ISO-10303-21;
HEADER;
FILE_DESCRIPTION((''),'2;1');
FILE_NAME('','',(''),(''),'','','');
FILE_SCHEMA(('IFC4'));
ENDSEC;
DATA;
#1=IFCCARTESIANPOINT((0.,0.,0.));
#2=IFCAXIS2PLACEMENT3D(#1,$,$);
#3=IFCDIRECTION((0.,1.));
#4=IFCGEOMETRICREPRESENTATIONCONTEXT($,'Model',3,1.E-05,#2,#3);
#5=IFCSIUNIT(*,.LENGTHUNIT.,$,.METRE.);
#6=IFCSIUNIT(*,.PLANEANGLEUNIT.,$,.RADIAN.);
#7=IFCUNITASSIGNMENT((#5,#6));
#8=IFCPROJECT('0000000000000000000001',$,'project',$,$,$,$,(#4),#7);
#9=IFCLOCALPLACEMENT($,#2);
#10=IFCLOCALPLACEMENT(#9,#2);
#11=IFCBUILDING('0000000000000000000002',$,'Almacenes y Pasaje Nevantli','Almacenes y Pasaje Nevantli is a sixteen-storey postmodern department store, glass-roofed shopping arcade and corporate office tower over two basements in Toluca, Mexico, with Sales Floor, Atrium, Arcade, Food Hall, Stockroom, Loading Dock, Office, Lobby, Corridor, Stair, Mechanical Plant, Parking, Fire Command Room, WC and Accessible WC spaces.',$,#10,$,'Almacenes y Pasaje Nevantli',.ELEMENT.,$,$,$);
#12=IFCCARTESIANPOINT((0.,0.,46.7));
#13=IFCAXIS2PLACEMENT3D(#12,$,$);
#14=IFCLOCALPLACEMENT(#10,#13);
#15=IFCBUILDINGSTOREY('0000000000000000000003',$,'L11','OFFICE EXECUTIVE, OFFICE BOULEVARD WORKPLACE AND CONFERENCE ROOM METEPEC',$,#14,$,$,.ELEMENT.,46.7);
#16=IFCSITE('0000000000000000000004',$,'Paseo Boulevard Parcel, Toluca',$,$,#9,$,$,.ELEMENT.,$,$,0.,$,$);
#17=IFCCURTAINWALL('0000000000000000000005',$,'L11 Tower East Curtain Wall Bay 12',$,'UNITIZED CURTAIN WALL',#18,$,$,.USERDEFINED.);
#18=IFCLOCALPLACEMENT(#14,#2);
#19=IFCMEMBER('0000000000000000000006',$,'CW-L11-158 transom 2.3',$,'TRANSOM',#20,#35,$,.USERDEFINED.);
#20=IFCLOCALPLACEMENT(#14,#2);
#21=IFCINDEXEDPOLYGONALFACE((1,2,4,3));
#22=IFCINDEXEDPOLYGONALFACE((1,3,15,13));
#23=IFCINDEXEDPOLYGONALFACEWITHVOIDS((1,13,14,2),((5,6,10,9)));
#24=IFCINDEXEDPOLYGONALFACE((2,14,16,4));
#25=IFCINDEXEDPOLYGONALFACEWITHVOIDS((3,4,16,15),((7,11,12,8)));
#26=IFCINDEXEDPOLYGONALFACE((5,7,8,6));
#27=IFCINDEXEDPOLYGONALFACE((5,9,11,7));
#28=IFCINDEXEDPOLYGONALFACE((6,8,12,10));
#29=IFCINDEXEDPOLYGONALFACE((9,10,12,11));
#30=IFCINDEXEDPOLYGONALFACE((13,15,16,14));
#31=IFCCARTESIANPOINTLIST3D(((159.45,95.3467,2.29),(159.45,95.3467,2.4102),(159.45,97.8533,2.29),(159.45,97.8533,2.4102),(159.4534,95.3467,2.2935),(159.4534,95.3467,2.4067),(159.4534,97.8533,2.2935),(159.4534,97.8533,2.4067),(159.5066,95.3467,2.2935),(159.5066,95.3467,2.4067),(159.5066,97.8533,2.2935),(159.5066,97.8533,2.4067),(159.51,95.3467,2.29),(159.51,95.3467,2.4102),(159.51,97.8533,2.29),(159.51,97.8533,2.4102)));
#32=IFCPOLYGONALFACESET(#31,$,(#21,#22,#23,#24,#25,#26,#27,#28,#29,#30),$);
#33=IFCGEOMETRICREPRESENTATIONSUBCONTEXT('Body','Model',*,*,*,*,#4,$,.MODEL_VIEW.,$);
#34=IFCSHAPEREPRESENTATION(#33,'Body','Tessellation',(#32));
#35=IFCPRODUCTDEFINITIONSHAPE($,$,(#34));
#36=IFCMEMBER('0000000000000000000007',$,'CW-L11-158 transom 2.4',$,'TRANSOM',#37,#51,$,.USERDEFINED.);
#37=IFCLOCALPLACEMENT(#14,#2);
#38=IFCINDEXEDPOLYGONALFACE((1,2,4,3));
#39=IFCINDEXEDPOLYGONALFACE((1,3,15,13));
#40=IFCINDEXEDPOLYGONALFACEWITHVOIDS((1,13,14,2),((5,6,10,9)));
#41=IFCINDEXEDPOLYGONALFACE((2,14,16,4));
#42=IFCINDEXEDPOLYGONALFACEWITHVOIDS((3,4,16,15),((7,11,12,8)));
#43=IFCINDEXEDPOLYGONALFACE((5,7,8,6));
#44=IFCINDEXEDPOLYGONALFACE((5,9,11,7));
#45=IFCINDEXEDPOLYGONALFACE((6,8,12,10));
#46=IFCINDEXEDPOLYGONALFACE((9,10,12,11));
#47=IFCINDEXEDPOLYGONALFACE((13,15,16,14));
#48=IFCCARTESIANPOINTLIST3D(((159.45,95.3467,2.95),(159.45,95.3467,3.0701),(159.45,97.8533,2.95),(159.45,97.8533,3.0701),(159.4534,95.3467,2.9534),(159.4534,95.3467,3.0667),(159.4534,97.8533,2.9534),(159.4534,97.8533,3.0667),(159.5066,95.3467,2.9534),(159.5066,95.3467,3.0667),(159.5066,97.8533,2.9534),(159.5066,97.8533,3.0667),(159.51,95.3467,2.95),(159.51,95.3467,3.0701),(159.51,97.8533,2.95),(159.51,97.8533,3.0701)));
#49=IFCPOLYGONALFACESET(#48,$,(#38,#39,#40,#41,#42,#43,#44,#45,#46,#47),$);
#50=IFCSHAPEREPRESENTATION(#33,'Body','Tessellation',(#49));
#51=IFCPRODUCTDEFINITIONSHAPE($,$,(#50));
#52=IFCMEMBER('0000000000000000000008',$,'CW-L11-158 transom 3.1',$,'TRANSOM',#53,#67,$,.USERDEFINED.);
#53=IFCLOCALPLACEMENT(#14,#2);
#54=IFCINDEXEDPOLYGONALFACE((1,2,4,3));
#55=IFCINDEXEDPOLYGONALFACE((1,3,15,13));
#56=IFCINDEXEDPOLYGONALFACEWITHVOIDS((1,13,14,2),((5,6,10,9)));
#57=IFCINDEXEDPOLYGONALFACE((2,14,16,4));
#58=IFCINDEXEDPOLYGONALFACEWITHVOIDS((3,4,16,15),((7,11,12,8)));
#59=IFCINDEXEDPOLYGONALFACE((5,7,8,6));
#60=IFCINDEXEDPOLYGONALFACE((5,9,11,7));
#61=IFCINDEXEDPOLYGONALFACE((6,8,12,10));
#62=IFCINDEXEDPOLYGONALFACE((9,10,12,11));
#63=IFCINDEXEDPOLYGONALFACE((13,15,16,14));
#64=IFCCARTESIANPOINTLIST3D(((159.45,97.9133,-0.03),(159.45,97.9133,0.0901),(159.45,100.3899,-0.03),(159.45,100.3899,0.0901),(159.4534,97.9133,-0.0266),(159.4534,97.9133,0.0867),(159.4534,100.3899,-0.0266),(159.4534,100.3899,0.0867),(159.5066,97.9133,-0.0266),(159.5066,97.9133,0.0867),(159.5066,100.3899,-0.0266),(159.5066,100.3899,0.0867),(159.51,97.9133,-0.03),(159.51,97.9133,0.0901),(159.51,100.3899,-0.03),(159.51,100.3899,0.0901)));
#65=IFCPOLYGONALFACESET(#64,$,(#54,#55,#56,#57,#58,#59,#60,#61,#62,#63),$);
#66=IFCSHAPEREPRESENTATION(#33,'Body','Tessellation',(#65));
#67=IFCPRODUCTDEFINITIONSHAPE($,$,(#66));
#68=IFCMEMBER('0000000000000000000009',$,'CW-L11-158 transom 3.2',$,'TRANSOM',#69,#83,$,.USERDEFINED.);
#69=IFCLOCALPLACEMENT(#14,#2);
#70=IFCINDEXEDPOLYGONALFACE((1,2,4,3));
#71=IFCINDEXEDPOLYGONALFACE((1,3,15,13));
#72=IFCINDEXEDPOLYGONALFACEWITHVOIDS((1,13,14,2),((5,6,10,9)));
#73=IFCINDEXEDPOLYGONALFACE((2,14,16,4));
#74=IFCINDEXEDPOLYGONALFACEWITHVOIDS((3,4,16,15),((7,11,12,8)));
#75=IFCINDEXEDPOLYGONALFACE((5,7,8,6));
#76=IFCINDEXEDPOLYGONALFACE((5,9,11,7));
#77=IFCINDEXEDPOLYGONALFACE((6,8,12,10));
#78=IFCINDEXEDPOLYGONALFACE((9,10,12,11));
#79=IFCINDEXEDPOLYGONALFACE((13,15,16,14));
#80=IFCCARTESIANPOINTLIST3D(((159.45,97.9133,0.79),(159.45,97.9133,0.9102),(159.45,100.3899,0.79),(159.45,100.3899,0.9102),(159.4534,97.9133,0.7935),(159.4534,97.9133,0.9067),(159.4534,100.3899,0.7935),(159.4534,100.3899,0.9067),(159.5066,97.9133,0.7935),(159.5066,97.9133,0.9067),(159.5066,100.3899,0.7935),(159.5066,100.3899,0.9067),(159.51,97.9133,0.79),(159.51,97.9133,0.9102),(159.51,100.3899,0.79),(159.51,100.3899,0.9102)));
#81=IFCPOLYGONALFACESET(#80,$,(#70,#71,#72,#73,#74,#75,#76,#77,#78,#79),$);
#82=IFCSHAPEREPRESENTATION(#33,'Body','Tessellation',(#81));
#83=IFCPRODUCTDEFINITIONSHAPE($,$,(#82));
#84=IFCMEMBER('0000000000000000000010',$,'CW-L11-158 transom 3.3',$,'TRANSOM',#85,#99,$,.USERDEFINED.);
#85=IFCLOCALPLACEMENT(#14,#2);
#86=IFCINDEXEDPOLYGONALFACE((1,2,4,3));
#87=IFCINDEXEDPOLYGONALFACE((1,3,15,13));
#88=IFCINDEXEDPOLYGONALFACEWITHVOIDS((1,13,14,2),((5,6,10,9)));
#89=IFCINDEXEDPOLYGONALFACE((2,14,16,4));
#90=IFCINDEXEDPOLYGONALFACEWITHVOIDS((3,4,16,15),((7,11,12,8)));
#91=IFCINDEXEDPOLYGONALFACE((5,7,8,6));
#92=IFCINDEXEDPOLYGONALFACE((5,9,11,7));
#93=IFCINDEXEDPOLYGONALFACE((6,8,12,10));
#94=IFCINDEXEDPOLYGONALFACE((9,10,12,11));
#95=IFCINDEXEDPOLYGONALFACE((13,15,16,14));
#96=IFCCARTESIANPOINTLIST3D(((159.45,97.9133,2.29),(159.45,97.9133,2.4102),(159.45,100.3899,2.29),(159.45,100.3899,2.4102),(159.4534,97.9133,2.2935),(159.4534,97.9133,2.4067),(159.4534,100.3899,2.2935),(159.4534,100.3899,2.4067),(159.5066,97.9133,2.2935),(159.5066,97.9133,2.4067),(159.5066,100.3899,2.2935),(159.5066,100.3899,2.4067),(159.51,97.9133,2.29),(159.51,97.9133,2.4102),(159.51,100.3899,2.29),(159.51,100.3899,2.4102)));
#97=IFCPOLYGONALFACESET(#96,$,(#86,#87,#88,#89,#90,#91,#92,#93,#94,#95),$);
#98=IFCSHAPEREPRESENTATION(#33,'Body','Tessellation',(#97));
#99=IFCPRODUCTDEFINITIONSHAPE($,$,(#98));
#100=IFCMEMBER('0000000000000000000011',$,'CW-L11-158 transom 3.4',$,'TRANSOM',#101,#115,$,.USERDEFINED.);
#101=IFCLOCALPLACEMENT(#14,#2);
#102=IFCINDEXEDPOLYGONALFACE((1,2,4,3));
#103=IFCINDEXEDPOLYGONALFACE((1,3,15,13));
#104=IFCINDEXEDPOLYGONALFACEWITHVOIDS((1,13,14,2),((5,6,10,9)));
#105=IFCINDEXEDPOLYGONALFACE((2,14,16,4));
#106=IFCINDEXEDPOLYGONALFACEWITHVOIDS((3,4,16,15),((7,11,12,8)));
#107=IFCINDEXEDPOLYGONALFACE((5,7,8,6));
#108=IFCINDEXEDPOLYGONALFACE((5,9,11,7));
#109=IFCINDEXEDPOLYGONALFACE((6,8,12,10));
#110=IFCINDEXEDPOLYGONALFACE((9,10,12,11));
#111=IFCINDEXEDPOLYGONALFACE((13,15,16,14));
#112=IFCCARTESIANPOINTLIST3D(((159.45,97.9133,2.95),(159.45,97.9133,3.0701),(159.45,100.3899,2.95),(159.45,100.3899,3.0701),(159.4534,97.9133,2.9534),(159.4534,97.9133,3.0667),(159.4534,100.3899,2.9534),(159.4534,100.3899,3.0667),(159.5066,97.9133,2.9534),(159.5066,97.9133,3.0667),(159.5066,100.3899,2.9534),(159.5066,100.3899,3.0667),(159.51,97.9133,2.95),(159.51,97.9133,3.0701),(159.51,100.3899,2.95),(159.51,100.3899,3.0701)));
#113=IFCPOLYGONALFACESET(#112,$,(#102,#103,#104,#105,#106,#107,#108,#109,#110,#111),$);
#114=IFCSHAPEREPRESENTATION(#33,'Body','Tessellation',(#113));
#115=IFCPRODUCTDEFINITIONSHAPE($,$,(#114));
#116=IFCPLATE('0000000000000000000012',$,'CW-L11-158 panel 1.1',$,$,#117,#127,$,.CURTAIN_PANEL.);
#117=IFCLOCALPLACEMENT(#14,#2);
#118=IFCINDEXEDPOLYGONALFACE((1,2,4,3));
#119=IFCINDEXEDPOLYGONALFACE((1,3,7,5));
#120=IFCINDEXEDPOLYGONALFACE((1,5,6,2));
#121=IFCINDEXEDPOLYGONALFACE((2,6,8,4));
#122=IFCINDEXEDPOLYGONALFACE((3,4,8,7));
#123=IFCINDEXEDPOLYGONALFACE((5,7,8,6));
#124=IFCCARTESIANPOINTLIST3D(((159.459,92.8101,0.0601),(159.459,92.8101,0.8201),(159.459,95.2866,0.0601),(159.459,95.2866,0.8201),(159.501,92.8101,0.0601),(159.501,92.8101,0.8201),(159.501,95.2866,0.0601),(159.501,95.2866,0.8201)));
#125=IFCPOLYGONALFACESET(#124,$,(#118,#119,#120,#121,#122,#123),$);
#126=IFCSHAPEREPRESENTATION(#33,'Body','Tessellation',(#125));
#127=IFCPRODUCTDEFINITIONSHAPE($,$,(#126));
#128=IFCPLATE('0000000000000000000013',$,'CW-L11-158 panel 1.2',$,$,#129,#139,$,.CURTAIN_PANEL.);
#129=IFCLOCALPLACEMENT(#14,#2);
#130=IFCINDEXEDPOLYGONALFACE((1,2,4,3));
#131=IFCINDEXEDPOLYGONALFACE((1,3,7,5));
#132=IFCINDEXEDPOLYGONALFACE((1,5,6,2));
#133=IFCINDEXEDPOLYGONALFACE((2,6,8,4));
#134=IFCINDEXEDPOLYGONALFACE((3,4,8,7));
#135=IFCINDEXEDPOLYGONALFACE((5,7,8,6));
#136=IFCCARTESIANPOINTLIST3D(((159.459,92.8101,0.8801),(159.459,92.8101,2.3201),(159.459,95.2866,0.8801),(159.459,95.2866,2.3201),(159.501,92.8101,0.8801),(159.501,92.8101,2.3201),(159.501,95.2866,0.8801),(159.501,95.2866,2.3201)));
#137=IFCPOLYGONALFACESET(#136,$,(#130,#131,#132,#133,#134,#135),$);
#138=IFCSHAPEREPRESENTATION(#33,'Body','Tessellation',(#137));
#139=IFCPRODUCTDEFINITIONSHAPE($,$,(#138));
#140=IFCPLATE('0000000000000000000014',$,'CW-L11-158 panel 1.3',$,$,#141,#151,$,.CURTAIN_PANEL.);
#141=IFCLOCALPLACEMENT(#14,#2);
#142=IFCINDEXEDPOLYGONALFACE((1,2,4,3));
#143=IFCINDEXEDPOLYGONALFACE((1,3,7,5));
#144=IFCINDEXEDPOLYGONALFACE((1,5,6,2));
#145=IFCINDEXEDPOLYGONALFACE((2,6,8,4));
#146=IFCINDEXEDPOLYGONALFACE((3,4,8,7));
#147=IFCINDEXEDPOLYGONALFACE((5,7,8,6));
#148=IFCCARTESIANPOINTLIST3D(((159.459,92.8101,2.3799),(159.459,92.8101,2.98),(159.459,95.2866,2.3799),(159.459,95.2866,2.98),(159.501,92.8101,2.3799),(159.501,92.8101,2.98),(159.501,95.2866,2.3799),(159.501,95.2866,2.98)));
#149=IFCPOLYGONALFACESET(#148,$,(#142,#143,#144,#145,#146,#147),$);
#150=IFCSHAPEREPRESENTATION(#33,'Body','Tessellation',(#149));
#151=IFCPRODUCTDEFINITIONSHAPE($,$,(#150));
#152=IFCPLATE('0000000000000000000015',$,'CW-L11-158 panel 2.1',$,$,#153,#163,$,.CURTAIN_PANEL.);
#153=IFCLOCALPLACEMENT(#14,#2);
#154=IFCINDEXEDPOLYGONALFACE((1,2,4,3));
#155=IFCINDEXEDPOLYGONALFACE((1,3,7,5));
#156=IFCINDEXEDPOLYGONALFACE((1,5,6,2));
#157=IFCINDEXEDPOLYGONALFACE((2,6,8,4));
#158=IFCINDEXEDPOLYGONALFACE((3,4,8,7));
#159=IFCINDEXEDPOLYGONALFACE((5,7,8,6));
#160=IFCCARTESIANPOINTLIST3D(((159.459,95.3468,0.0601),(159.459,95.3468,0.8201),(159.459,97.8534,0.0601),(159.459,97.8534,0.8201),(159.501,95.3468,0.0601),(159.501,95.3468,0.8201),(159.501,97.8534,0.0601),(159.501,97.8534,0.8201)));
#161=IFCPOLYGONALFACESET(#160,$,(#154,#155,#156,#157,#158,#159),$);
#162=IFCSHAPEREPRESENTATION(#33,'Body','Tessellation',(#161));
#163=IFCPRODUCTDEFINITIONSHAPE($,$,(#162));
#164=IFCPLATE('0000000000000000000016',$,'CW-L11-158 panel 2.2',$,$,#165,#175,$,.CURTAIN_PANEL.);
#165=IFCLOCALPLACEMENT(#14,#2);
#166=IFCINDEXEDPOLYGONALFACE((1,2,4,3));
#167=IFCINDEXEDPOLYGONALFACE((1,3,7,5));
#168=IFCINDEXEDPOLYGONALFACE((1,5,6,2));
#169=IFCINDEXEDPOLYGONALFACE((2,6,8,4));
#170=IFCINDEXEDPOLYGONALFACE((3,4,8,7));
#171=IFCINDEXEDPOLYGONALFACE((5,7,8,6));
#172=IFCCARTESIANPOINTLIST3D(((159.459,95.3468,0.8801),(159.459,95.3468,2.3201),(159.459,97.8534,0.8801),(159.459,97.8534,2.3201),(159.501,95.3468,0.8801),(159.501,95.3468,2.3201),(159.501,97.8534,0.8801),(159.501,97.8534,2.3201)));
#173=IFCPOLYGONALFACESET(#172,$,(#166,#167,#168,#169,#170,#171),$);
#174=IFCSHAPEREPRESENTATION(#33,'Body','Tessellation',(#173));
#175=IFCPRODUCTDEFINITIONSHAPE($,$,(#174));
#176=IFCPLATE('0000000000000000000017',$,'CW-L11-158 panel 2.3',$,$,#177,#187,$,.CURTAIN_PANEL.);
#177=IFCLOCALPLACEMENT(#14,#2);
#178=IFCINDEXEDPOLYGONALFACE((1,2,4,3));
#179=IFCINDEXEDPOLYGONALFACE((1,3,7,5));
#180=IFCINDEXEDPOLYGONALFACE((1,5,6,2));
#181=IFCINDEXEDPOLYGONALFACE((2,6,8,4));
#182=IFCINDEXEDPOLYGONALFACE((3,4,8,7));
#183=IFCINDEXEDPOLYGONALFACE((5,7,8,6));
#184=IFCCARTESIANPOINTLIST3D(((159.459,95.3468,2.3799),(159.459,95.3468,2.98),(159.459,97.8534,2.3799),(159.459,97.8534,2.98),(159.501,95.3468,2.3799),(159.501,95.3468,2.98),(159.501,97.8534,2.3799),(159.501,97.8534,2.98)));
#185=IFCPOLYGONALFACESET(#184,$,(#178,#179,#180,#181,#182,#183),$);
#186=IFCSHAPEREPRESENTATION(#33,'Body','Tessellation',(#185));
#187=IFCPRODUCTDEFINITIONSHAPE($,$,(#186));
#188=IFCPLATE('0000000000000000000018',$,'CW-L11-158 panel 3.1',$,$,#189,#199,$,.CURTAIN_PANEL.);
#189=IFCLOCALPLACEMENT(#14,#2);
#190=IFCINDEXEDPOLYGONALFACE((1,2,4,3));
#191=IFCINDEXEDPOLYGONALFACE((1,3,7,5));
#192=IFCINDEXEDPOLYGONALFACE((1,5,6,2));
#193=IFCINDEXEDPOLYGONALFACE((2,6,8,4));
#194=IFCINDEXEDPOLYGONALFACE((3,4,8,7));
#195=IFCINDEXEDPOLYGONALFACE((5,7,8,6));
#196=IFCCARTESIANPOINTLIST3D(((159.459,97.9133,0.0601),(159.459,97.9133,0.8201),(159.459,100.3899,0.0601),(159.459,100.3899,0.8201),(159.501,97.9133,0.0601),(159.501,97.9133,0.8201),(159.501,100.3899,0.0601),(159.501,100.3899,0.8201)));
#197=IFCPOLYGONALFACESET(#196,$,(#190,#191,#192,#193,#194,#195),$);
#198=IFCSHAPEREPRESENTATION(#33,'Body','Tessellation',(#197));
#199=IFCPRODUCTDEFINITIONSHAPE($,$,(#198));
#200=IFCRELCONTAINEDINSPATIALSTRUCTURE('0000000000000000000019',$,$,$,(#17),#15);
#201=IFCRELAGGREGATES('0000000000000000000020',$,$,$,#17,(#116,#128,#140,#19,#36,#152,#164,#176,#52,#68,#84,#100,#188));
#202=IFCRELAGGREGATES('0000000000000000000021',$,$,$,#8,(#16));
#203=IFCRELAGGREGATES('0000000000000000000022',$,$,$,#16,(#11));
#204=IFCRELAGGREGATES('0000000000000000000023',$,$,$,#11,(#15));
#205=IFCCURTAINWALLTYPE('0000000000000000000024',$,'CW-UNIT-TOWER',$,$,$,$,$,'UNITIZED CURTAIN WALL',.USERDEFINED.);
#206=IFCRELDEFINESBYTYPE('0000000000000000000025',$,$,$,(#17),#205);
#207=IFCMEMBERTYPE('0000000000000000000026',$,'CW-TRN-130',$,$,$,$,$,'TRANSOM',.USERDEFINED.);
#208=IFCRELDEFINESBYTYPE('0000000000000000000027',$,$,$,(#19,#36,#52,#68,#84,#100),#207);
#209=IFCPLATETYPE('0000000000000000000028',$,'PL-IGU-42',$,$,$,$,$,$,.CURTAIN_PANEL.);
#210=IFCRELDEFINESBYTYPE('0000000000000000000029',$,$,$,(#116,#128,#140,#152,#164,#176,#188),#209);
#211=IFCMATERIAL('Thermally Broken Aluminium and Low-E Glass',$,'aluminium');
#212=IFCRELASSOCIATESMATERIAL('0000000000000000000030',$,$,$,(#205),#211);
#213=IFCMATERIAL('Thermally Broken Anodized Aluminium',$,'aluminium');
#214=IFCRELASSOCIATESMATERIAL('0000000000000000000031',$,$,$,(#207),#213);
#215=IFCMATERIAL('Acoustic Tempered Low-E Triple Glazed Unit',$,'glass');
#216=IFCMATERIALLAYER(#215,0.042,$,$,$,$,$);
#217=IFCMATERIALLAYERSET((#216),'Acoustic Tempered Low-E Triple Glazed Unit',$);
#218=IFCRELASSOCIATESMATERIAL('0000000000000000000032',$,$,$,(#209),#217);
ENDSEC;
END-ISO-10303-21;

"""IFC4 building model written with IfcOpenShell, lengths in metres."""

from ifc_helpers import new_model, si_unit, direction, frame, origin, origin_2d, place, context, subcontext, project, spatial, rectangle, hollow_rectangle, extrude, material, layer, layer_set, material_profile, profile_set, type_object, element, aggregate, save


model = new_model("IFC4")

# Units and contexts
model_context = context("Model", 3, precision=1e-05, world=origin(), true_north=direction((0.0, 1.0)))
body_context = subcontext(model_context, "Body", "Model", "MODEL_VIEW")
ifc_project = project(units=[si_unit("LENGTHUNIT", "METRE"), si_unit("PLANEANGLEUNIT", "RADIAN")], contexts=[model_context])

# Site, building, storey
site_placement = place(None, origin())
site = spatial("IfcSite", under=ifc_project, at=site_placement, Name="Paseo Boulevard Parcel, Toluca", CompositionType="ELEMENT", RefElevation=0.0)
building_placement = place(site_placement, origin())
building = spatial("IfcBuilding", under=site, at=building_placement, Name="Almacenes y Pasaje Nevantli", Description="Almacenes y Pasaje Nevantli is a sixteen-storey postmodern department store, glass-roofed shopping arcade and corporate office tower over two basements in Toluca, Mexico, with Sales Floor, Atrium, Arcade, Food Hall, Stockroom, Loading Dock, Office, Lobby, Corridor, Stair, Mechanical Plant, Parking, Fire Command Room, WC and Accessible WC spaces.", LongName="Almacenes y Pasaje Nevantli", CompositionType="ELEMENT")
storey_placement = place(building_placement, frame((0.0, 0.0, 46.7)))
storey = spatial("IfcBuildingStorey", under=building, at=storey_placement, Name="L11", Description="OFFICE EXECUTIVE, OFFICE BOULEVARD WORKPLACE AND CONFERENCE ROOM METEPEC", CompositionType="ELEMENT", Elevation=46.7)

# Curtain wall, members, plates
ifc_material_1 = material(Name="Thermally Broken Aluminium and Low-E Glass", Category="aluminium")
curtain_wall_type = type_object("IfcCurtainWallType", Name="CW-UNIT-TOWER", ElementType="UNITIZED CURTAIN WALL", PredefinedType="USERDEFINED", material=ifc_material_1)
curtain_wall_placement = place(storey_placement, origin())
curtain_wall = element("IfcCurtainWall", 1, at=curtain_wall_placement, inside=storey, type_object=curtain_wall_type, Name="L11 Tower East Curtain Wall Bay 12", ObjectType="UNITIZED CURTAIN WALL", PredefinedType="USERDEFINED")
ifc_material_2 = material(Name="Thermally Broken Anodized Aluminium", Category="aluminium")
ifc_material_profile_1 = material_profile(ifc_material_2, hollow_rectangle(XDim=0.0601, YDim=0.1201, WallThickness=0.0034, at=origin_2d()), Name="ALU-TRN-60x120")
ifc_profile_set_1 = profile_set([ifc_material_profile_1], Name="Thermally Broken Anodized Aluminium")
member_type_1 = type_object("IfcMemberType", Name="CW-TRN-130", ElementType="TRANSOM", PredefinedType="USERDEFINED", material=ifc_profile_set_1)
member_1_placement = place(storey_placement, frame((159.48, 95.3467, 2.3501), z_axis=(0.0, 1.0, 0.0), x_axis=(-1.0, 0.0, 0.0)))
member_1 = element("IfcMember", 2, at=member_1_placement, type_object=member_type_1, Name="CW-L11-158 transom 2.3", ObjectType="TRANSOM", PredefinedType="USERDEFINED", context=body_context, shape_type="SweptSolid", body=[
    extrude(hollow_rectangle(XDim=0.0601, YDim=0.1201, WallThickness=0.0034, at=origin_2d()), origin(), (0.0, 0.0, 1.0), 2.5066),
])
member_2_placement = place(storey_placement, frame((159.48, 95.3467, 3.01), z_axis=(0.0, 1.0, 0.0), x_axis=(-1.0, 0.0, 0.0)))
member_2 = element("IfcMember", 3, at=member_2_placement, type_object=member_type_1, Name="CW-L11-158 transom 2.4", ObjectType="TRANSOM", PredefinedType="USERDEFINED", context=body_context, shape_type="SweptSolid", body=[
    extrude(hollow_rectangle(XDim=0.0601, YDim=0.1201, WallThickness=0.0034, at=origin_2d()), origin(), (0.0, 0.0, 1.0), 2.5066),
])
member_3_placement = place(storey_placement, frame((159.48, 97.9133, 0.03), z_axis=(0.0, 1.0, 0.0), x_axis=(-1.0, 0.0, 0.0)))
member_3 = element("IfcMember", 4, at=member_3_placement, type_object=member_type_1, Name="CW-L11-158 transom 3.1", ObjectType="TRANSOM", PredefinedType="USERDEFINED", context=body_context, shape_type="SweptSolid", body=[
    extrude(hollow_rectangle(XDim=0.0601, YDim=0.1201, WallThickness=0.0034, at=origin_2d()), origin(), (0.0, 0.0, 1.0), 2.4766),
])
member_4_placement = place(storey_placement, frame((159.48, 97.9133, 0.8501), z_axis=(0.0, 1.0, 0.0), x_axis=(-1.0, 0.0, 0.0)))
member_4 = element("IfcMember", 5, at=member_4_placement, type_object=member_type_1, Name="CW-L11-158 transom 3.2", ObjectType="TRANSOM", PredefinedType="USERDEFINED", context=body_context, shape_type="SweptSolid", body=[
    extrude(hollow_rectangle(XDim=0.0601, YDim=0.1201, WallThickness=0.0034, at=origin_2d()), origin(), (0.0, 0.0, 1.0), 2.4766),
])
member_5_placement = place(storey_placement, frame((159.48, 97.9133, 2.3501), z_axis=(0.0, 1.0, 0.0), x_axis=(-1.0, 0.0, 0.0)))
member_5 = element("IfcMember", 6, at=member_5_placement, type_object=member_type_1, Name="CW-L11-158 transom 3.3", ObjectType="TRANSOM", PredefinedType="USERDEFINED", context=body_context, shape_type="SweptSolid", body=[
    extrude(hollow_rectangle(XDim=0.0601, YDim=0.1201, WallThickness=0.0034, at=origin_2d()), origin(), (0.0, 0.0, 1.0), 2.4766),
])
member_6_placement = place(storey_placement, frame((159.48, 97.9133, 3.01), z_axis=(0.0, 1.0, 0.0), x_axis=(-1.0, 0.0, 0.0)))
member_6 = element("IfcMember", 7, at=member_6_placement, type_object=member_type_1, Name="CW-L11-158 transom 3.4", ObjectType="TRANSOM", PredefinedType="USERDEFINED", context=body_context, shape_type="SweptSolid", body=[
    extrude(hollow_rectangle(XDim=0.0601, YDim=0.1201, WallThickness=0.0034, at=origin_2d()), origin(), (0.0, 0.0, 1.0), 2.4766),
])
ifc_material_3 = material(Name="Acoustic Tempered Low-E Triple Glazed Unit", Category="glass")
ifc_layer = layer(ifc_material_3, 0.042)
ifc_layer_set = layer_set([ifc_layer], Name="Acoustic Tempered Low-E Triple Glazed Unit")
plate_type = type_object("IfcPlateType", Name="PL-IGU-42", PredefinedType="CURTAIN_PANEL", material=ifc_layer_set)
plate_1_placement = place(storey_placement, frame((159.48, 94.0483, 0.0601), z_axis=(0.0, 0.0, 1.0), x_axis=(0.0, 1.0, 0.0)))
plate_1 = element("IfcPlate", 8, at=plate_1_placement, type_object=plate_type, Name="CW-L11-158 panel 1.1", PredefinedType="CURTAIN_PANEL", context=body_context, shape_type="SweptSolid", body=[
    extrude(rectangle(XDim=2.4766, YDim=0.042, at=origin_2d()), origin(), (0.0, 0.0, 1.0), 0.76),
])
plate_2_placement = place(storey_placement, frame((159.48, 94.0483, 0.8801), z_axis=(0.0, 0.0, 1.0), x_axis=(0.0, 1.0, 0.0)))
plate_2 = element("IfcPlate", 9, at=plate_2_placement, type_object=plate_type, Name="CW-L11-158 panel 1.2", PredefinedType="CURTAIN_PANEL", context=body_context, shape_type="SweptSolid", body=[
    extrude(rectangle(XDim=2.4766, YDim=0.042, at=origin_2d()), origin(), (0.0, 0.0, 1.0), 1.4399),
])
plate_3_placement = place(storey_placement, frame((159.48, 94.0483, 2.3799), z_axis=(0.0, 0.0, 1.0), x_axis=(0.0, 1.0, 0.0)))
plate_3 = element("IfcPlate", 10, at=plate_3_placement, type_object=plate_type, Name="CW-L11-158 panel 1.3", PredefinedType="CURTAIN_PANEL", context=body_context, shape_type="SweptSolid", body=[
    extrude(rectangle(XDim=2.4766, YDim=0.042, at=origin_2d()), origin(), (0.0, 0.0, 1.0), 0.6001),
])
plate_4_placement = place(storey_placement, frame((159.48, 96.6001, 0.0601), z_axis=(0.0, 0.0, 1.0), x_axis=(0.0, 1.0, 0.0)))
plate_4 = element("IfcPlate", 11, at=plate_4_placement, type_object=plate_type, Name="CW-L11-158 panel 2.1", PredefinedType="CURTAIN_PANEL", context=body_context, shape_type="SweptSolid", body=[
    extrude(rectangle(XDim=2.5066, YDim=0.042, at=origin_2d()), origin(), (0.0, 0.0, 1.0), 0.76),
])
plate_5_placement = place(storey_placement, frame((159.48, 96.6001, 0.8801), z_axis=(0.0, 0.0, 1.0), x_axis=(0.0, 1.0, 0.0)))
plate_5 = element("IfcPlate", 12, at=plate_5_placement, type_object=plate_type, Name="CW-L11-158 panel 2.2", PredefinedType="CURTAIN_PANEL", context=body_context, shape_type="SweptSolid", body=[
    extrude(rectangle(XDim=2.5066, YDim=0.042, at=origin_2d()), origin(), (0.0, 0.0, 1.0), 1.4399),
])
plate_6_placement = place(storey_placement, frame((159.48, 96.6001, 2.3799), z_axis=(0.0, 0.0, 1.0), x_axis=(0.0, 1.0, 0.0)))
plate_6 = element("IfcPlate", 13, at=plate_6_placement, type_object=plate_type, Name="CW-L11-158 panel 2.3", PredefinedType="CURTAIN_PANEL", context=body_context, shape_type="SweptSolid", body=[
    extrude(rectangle(XDim=2.5066, YDim=0.042, at=origin_2d()), origin(), (0.0, 0.0, 1.0), 0.6001),
])
plate_7_placement = place(storey_placement, frame((159.48, 99.1516, 0.0601), z_axis=(0.0, 0.0, 1.0), x_axis=(0.0, 1.0, 0.0)))
plate_7 = element("IfcPlate", 14, at=plate_7_placement, type_object=plate_type, Name="CW-L11-158 panel 3.1", PredefinedType="CURTAIN_PANEL", context=body_context, shape_type="SweptSolid", body=[
    extrude(rectangle(XDim=2.4766, YDim=0.042, at=origin_2d()), origin(), (0.0, 0.0, 1.0), 0.76),
])
aggregate(curtain_wall, [plate_1, plate_2, plate_3, member_1, member_2, plate_4, plate_5, plate_6, member_3, member_4, member_5, member_6, plate_7])

save(model, "model.ifc")
